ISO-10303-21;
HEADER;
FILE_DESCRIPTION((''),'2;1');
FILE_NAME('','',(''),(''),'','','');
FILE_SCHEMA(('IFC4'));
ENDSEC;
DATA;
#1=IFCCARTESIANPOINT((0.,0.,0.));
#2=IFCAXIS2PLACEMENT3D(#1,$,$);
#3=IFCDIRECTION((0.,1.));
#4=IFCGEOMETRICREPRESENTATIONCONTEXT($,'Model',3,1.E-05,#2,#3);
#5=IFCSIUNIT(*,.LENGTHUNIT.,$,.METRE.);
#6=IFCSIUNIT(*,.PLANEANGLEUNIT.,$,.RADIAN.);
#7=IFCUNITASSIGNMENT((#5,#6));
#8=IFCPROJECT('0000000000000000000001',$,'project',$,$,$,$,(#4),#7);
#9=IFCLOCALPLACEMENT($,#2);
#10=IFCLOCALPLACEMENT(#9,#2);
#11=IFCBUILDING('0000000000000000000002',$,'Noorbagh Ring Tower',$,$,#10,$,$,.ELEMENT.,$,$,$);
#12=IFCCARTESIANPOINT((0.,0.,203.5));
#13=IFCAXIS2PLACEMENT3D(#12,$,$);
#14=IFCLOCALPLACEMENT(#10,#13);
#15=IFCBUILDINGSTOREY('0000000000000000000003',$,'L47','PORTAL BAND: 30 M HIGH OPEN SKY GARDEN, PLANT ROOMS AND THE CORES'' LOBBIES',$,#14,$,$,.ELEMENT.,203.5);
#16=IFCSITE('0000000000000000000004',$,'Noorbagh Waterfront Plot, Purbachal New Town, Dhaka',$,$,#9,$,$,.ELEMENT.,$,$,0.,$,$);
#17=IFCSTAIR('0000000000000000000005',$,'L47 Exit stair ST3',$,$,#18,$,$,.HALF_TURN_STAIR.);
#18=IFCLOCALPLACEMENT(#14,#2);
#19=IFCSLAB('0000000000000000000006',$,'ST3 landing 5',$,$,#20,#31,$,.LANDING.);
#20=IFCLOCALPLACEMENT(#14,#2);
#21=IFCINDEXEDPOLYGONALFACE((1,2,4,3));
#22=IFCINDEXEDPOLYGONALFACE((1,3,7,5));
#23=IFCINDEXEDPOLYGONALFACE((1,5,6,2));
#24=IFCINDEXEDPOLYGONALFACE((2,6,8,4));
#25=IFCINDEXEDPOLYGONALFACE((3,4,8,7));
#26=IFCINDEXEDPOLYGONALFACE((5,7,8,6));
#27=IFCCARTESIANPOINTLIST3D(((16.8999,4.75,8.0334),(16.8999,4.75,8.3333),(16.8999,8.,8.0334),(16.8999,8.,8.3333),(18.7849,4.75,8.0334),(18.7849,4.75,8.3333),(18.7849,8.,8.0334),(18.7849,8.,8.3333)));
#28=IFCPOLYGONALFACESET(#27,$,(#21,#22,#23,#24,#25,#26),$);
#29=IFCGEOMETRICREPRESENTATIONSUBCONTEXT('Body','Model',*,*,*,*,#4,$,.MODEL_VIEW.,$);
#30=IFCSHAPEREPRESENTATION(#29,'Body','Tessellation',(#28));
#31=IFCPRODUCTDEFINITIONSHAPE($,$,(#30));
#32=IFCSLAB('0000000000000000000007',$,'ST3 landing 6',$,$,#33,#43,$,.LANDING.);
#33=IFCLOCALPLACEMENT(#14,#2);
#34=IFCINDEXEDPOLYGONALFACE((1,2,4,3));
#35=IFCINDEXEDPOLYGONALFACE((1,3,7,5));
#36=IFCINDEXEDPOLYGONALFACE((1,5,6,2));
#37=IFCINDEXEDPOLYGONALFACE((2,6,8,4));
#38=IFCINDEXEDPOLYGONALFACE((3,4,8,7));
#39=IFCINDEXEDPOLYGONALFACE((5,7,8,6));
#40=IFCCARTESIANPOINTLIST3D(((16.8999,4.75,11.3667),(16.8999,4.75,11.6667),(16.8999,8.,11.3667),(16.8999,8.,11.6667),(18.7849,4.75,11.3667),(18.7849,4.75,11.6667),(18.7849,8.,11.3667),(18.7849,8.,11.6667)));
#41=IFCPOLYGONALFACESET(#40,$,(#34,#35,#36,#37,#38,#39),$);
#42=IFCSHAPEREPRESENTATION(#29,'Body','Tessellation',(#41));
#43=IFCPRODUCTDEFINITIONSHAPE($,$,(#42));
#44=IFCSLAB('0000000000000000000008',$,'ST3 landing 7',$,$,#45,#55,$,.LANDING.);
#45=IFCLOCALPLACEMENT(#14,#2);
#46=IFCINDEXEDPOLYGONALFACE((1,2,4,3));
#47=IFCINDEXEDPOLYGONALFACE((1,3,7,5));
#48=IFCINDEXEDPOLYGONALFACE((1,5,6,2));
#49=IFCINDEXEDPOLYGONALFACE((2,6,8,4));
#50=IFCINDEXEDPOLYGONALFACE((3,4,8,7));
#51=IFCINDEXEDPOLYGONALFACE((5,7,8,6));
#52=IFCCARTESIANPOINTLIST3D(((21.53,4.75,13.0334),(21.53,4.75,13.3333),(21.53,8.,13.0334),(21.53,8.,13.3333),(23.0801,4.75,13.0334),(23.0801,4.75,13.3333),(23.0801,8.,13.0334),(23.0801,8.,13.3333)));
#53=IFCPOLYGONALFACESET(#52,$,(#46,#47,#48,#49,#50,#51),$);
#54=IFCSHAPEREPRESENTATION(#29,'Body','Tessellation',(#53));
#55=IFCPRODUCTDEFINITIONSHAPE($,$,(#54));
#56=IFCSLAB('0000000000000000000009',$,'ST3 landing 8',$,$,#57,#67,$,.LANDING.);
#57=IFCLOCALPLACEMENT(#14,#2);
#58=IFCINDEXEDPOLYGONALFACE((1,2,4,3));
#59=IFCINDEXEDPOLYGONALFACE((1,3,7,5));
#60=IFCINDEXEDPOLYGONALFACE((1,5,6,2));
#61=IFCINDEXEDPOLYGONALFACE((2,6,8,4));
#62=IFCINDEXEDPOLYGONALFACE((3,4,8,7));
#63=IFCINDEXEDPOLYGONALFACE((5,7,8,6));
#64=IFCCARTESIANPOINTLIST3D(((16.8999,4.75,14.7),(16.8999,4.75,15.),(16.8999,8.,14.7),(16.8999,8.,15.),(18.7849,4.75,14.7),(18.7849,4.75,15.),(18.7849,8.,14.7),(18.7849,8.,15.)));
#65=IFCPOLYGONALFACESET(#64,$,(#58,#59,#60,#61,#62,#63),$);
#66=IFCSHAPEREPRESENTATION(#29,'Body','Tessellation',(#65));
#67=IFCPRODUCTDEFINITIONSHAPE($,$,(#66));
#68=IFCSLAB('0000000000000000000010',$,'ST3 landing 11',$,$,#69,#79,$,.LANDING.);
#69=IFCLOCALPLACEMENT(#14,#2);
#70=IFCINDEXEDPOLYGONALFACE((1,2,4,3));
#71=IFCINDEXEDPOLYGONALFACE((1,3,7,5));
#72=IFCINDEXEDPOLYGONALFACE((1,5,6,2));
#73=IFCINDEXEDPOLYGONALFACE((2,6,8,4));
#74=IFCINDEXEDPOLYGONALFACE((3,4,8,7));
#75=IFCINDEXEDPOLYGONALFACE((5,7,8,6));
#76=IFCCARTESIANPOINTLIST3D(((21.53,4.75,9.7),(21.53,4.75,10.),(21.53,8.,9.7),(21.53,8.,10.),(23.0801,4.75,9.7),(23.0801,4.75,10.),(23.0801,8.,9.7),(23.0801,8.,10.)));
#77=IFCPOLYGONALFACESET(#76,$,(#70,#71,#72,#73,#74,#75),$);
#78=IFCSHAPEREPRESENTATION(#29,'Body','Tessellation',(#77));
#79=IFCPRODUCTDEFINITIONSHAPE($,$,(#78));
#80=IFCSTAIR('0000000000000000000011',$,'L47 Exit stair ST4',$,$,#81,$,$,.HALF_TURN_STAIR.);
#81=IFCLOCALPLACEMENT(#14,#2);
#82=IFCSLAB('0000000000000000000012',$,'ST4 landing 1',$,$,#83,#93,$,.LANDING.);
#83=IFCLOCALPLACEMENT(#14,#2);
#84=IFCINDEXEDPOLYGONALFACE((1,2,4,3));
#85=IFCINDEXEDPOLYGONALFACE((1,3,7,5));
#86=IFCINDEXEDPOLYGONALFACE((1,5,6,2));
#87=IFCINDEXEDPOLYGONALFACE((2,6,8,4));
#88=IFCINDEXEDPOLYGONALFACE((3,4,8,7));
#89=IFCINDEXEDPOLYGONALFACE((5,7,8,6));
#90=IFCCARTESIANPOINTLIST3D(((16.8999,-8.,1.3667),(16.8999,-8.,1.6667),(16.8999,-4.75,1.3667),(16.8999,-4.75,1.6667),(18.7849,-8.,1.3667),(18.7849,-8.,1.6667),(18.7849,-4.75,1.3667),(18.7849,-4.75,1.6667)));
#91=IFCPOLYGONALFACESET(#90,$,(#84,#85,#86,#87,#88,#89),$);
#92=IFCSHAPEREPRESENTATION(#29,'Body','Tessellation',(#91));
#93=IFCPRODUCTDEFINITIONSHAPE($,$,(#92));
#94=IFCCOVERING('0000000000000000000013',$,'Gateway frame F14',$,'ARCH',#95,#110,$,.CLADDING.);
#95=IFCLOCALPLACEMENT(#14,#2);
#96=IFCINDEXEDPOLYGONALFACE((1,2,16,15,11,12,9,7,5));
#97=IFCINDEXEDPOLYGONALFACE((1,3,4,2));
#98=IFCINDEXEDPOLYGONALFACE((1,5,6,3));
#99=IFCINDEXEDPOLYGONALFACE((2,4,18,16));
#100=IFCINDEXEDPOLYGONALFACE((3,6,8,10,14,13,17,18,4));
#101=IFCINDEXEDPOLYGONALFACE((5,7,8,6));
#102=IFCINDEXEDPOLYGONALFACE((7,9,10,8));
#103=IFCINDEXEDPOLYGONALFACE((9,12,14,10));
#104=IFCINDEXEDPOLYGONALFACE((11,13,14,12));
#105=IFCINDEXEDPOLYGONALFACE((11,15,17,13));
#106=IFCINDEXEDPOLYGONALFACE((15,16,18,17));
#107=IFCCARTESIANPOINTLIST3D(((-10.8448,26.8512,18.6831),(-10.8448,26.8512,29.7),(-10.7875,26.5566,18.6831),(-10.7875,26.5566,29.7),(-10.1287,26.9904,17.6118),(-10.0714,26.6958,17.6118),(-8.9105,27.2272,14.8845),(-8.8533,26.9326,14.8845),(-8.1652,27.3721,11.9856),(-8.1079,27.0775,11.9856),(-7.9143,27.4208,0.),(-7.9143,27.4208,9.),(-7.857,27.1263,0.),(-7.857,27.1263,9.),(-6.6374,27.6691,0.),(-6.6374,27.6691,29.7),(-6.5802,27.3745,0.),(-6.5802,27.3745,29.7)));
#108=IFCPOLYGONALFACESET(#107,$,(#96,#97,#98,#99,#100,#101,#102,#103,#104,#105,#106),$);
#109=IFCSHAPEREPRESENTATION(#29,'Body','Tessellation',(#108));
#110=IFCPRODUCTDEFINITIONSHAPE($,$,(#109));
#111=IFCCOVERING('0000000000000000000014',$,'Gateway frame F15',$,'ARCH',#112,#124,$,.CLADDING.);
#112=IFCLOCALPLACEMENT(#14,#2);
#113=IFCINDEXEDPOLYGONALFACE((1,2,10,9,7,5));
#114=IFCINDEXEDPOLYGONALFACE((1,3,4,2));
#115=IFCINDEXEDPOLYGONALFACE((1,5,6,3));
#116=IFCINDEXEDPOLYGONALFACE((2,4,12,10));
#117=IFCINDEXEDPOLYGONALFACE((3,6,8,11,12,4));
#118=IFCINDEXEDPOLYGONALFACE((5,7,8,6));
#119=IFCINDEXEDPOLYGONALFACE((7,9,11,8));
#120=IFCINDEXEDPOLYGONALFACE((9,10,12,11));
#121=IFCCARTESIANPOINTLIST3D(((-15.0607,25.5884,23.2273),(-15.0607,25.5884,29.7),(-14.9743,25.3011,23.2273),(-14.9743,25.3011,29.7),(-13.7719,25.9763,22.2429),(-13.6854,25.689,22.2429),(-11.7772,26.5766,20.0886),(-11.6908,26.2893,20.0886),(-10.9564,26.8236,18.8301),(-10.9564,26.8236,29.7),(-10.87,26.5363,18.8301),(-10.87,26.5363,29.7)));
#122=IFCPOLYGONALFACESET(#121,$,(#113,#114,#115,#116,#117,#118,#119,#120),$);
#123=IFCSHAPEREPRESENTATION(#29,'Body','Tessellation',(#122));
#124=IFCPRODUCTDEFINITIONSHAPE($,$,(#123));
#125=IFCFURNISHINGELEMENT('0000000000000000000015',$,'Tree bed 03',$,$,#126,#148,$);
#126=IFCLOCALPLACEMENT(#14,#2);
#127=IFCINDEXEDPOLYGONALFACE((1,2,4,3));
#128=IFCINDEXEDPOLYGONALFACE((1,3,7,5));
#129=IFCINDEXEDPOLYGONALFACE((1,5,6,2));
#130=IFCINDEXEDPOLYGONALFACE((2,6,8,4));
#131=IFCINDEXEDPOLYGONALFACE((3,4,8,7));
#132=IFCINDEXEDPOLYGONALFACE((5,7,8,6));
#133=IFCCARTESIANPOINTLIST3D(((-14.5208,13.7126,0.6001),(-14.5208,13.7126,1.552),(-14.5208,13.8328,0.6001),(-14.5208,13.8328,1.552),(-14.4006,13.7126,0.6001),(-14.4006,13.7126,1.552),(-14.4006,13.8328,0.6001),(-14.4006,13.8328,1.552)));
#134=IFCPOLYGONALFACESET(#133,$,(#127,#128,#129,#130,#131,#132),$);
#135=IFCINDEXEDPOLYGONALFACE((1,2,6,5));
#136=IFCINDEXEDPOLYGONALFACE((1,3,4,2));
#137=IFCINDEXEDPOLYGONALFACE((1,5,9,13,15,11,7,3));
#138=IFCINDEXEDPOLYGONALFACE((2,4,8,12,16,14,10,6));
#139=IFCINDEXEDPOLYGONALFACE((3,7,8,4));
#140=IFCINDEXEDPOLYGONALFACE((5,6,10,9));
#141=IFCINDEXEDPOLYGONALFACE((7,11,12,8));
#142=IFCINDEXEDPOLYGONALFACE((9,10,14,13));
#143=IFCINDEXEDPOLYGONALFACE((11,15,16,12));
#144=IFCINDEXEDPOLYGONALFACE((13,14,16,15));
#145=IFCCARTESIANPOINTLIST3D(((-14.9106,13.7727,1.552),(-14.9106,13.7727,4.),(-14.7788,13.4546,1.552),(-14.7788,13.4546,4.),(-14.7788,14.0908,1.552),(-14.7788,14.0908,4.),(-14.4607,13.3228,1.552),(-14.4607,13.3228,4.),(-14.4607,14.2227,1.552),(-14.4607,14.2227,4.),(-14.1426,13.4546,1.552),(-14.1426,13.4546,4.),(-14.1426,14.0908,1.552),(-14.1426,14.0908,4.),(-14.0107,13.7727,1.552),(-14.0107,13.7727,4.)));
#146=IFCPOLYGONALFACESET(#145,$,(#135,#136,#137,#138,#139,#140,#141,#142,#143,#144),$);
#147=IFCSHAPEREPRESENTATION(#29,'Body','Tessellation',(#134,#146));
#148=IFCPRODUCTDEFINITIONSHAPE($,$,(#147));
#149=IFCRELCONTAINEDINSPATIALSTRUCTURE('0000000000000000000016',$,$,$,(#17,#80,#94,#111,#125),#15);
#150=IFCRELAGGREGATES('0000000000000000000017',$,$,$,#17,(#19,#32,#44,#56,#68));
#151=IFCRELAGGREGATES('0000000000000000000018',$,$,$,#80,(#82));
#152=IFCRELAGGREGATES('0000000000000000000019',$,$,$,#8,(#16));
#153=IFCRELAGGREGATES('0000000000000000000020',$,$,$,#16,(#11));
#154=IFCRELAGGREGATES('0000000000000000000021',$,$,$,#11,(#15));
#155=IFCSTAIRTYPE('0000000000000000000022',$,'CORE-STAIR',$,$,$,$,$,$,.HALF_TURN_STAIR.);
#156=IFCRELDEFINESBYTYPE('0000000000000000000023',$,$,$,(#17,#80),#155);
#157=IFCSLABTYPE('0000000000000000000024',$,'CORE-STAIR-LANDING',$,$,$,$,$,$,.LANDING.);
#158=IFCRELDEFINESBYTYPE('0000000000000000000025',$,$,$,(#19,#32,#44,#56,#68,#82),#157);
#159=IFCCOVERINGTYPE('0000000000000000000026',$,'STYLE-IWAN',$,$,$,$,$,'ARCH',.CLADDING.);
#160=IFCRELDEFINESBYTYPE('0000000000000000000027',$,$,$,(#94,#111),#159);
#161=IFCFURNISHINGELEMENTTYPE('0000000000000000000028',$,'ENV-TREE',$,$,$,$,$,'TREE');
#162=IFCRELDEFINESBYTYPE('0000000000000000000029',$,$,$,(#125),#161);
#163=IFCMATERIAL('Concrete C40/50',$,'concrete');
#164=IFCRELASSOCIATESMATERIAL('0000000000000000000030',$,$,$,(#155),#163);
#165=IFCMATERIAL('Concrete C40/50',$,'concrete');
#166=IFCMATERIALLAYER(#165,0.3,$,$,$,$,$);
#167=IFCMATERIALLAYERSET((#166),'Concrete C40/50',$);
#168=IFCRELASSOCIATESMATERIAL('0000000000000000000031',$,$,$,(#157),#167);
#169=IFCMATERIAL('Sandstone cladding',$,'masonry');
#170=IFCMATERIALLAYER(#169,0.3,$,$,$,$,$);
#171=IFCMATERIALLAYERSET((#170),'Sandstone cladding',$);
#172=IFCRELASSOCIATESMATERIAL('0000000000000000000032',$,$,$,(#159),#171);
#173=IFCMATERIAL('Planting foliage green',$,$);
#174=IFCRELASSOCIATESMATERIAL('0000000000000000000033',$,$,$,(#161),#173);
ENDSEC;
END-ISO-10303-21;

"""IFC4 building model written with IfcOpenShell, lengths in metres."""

from ifc_helpers import new_model, si_unit, direction, frame, origin, origin_2d, place, context, subcontext, project, spatial, polyline, rectangle, outline, extrude, material, layer, layer_set, type_object, element, aggregate, save


model = new_model("IFC4")

# Units and contexts
model_context = context("Model", 3, precision=1e-05, world=origin(), true_north=direction((0.0, 1.0)))
body_context = subcontext(model_context, "Body", "Model", "MODEL_VIEW")
ifc_project = project(units=[si_unit("LENGTHUNIT", "METRE"), si_unit("PLANEANGLEUNIT", "RADIAN")], contexts=[model_context])

# Site, building, storey
site_placement = place(None, origin())
site = spatial("IfcSite", under=ifc_project, at=site_placement, Name="Noorbagh Waterfront Plot, Purbachal New Town, Dhaka", CompositionType="ELEMENT", RefElevation=0.0)
building_placement = place(site_placement, origin())
building = spatial("IfcBuilding", under=site, at=building_placement, Name="Noorbagh Ring Tower", CompositionType="ELEMENT")
storey_placement = place(building_placement, frame((0.0, 0.0, 203.5)))
storey = spatial("IfcBuildingStorey", under=building, at=storey_placement, Name="L47", Description="PORTAL BAND: 30 M HIGH OPEN SKY GARDEN, PLANT ROOMS AND THE CORES' LOBBIES", CompositionType="ELEMENT", Elevation=203.5)

# Stair, slabs
ifc_material_1 = material(Name="Concrete C40/50", Category="concrete")
stair_type = type_object("IfcStairType", Name="CORE-STAIR", PredefinedType="HALF_TURN_STAIR", material=ifc_material_1)
ifc_material_2 = material(Name="Concrete C40/50", Category="concrete")
ifc_layer_1 = layer(ifc_material_2, 0.3)
ifc_layer_set_1 = layer_set([ifc_layer_1], Name="Concrete C40/50")
slab_type = type_object("IfcSlabType", Name="CORE-STAIR-LANDING", PredefinedType="LANDING", material=ifc_layer_set_1)
stair_1_placement = place(storey_placement, origin())
stair_1 = element("IfcStair", 1, at=stair_1_placement, inside=storey, type_object=stair_type, Name="L47 Exit stair ST3", PredefinedType="HALF_TURN_STAIR")
slab_1_placement = place(storey_placement, frame((0.0, 0.0, 8.0334)))
slab_1 = element("IfcSlab", 2, at=slab_1_placement, type_object=slab_type, Name="ST3 landing 5", PredefinedType="LANDING", context=body_context, shape_type="SweptSolid", body=[
    extrude(outline(polyline([(18.7849, 8.0), (16.8999, 8.0), (16.8999, 4.75), (18.7849, 4.75), (18.7849, 8.0)])), origin(), (0.0, 0.0, 1.0), 0.2998),
])
slab_2_placement = place(storey_placement, frame((0.0, 0.0, 11.3667)))
slab_2 = element("IfcSlab", 3, at=slab_2_placement, type_object=slab_type, Name="ST3 landing 6", PredefinedType="LANDING", context=body_context, shape_type="SweptSolid", body=[
    extrude(outline(polyline([(18.7849, 8.0), (16.8999, 8.0), (16.8999, 4.75), (18.7849, 4.75), (18.7849, 8.0)])), origin(), (0.0, 0.0, 1.0), 0.3),
])
slab_3_placement = place(storey_placement, frame((0.0, 0.0, 13.0334)))
slab_3 = element("IfcSlab", 4, at=slab_3_placement, type_object=slab_type, Name="ST3 landing 7", PredefinedType="LANDING", context=body_context, shape_type="SweptSolid", body=[
    extrude(outline(polyline([(23.0801, 8.0), (21.53, 8.0), (21.53, 4.75), (23.0801, 4.75), (23.0801, 8.0)])), origin(), (0.0, 0.0, 1.0), 0.2998),
])
slab_4_placement = place(storey_placement, frame((0.0, 0.0, 14.7)))
slab_4 = element("IfcSlab", 5, at=slab_4_placement, type_object=slab_type, Name="ST3 landing 8", PredefinedType="LANDING", context=body_context, shape_type="SweptSolid", body=[
    extrude(outline(polyline([(18.7849, 8.0), (16.8999, 8.0), (16.8999, 4.75), (18.7849, 4.75), (18.7849, 8.0)])), origin(), (0.0, 0.0, 1.0), 0.3),
])
slab_5_placement = place(storey_placement, frame((0.0, 0.0, 9.7)))
slab_5 = element("IfcSlab", 6, at=slab_5_placement, type_object=slab_type, Name="ST3 landing 11", PredefinedType="LANDING", context=body_context, shape_type="SweptSolid", body=[
    extrude(outline(polyline([(23.0801, 8.0), (21.53, 8.0), (21.53, 4.75), (23.0801, 4.75), (23.0801, 8.0)])), origin(), (0.0, 0.0, 1.0), 0.3),
])
aggregate(stair_1, [slab_1, slab_2, slab_3, slab_4, slab_5])

# Stair, slab
stair_2_placement = place(storey_placement, origin())
stair_2 = element("IfcStair", 7, at=stair_2_placement, inside=storey, type_object=stair_type, Name="L47 Exit stair ST4", PredefinedType="HALF_TURN_STAIR")
slab_6_placement = place(storey_placement, frame((0.0, 0.0, 1.3667)))
slab_6 = element("IfcSlab", 8, at=slab_6_placement, type_object=slab_type, Name="ST4 landing 1", PredefinedType="LANDING", context=body_context, shape_type="SweptSolid", body=[
    extrude(outline(polyline([(18.7849, -4.75), (16.8999, -4.75), (16.8999, -8.0), (18.7849, -8.0), (18.7849, -4.75)])), origin(), (0.0, 0.0, 1.0), 0.3),
])
aggregate(stair_2, [slab_6])

# Coverings
ifc_material_3 = material(Name="Sandstone cladding", Category="masonry")
ifc_layer_2 = layer(ifc_material_3, 0.3)
ifc_layer_set_2 = layer_set([ifc_layer_2], Name="Sandstone cladding")
covering_type = type_object("IfcCoveringType", Name="STYLE-IWAN", ElementType="ARCH", PredefinedType="CLADDING", material=ifc_layer_set_2)
covering_1_placement = place(storey_placement, frame((-8.6838, 26.9656, 0.0), z_axis=(-0.19082, 0.981625, 0.0), x_axis=(-0.981625, -0.19082, 0.0)))
element("IfcCovering", 9, at=covering_1_placement, inside=storey, type_object=covering_type, Name="Gateway frame F14", ObjectType="ARCH", PredefinedType="CLADDING", context=body_context, shape_type="SweptSolid", body=[
    extrude(outline(polyline([(-2.1431, 0.0), (-0.8423, 0.0), (-0.8423, 9.0), (-0.5867, 11.9856), (0.1726, 14.8845), (1.4136, 17.6118), (2.1431, 18.6831), (2.1431, 29.7), (-2.1431, 29.7), (-2.1431, 0.0)])), origin(), (0.0, 0.0, 1.0), 0.3),
])
covering_2_placement = place(storey_placement, frame((-12.9221, 25.9187, 0.0), z_axis=(-0.288174, 0.957578, 0.0), x_axis=(-0.957578, -0.288174, 0.0)))
element("IfcCovering", 10, at=covering_2_placement, inside=storey, type_object=covering_type, Name="Gateway frame F15", ObjectType="ARCH", PredefinedType="CLADDING", context=body_context, shape_type="SweptSolid", body=[
    extrude(outline(polyline([(-2.1431, 29.7), (-2.1431, 18.8301), (-1.2859, 20.0886), (0.7971, 22.2429), (2.1431, 23.2273), (2.1431, 29.7), (-2.1431, 29.7)])), origin(), (0.0, 0.0, 1.0), 0.3),
])

# Furnishing element
ifc_material_4 = material(Name="Planting foliage green")
furnishing_element_type = type_object("IfcFurnishingElementType", Name="ENV-TREE", ElementType="TREE", material=ifc_material_4)
furnishing_placement = place(storey_placement, frame((-14.4607, 13.7727, 0.6001), z_axis=(0.0, 0.0, 1.0), x_axis=(1.0, 0.0, 0.0)))
element("IfcFurnishingElement", 11, at=furnishing_placement, inside=storey, type_object=furnishing_element_type, Name="Tree bed 03", context=body_context, shape_type="SweptSolid", body=[
    extrude(rectangle(XDim=0.1201, YDim=0.1201, at=origin_2d()), origin(), (0.0, 0.0, 1.0), 0.9519),
    extrude(outline(polyline([(0.45, 0.0), (0.3181, 0.3181), (0.0, 0.45), (-0.3181, 0.3181), (-0.45, 0.0), (-0.3181, -0.3181), (0.0, -0.45), (0.3181, -0.3181), (0.45, 0.0)])), frame((0.0, 0.0, 0.9519)), (0.0, 0.0, 1.0), 2.448),
])

save(model, "model.ifc")
